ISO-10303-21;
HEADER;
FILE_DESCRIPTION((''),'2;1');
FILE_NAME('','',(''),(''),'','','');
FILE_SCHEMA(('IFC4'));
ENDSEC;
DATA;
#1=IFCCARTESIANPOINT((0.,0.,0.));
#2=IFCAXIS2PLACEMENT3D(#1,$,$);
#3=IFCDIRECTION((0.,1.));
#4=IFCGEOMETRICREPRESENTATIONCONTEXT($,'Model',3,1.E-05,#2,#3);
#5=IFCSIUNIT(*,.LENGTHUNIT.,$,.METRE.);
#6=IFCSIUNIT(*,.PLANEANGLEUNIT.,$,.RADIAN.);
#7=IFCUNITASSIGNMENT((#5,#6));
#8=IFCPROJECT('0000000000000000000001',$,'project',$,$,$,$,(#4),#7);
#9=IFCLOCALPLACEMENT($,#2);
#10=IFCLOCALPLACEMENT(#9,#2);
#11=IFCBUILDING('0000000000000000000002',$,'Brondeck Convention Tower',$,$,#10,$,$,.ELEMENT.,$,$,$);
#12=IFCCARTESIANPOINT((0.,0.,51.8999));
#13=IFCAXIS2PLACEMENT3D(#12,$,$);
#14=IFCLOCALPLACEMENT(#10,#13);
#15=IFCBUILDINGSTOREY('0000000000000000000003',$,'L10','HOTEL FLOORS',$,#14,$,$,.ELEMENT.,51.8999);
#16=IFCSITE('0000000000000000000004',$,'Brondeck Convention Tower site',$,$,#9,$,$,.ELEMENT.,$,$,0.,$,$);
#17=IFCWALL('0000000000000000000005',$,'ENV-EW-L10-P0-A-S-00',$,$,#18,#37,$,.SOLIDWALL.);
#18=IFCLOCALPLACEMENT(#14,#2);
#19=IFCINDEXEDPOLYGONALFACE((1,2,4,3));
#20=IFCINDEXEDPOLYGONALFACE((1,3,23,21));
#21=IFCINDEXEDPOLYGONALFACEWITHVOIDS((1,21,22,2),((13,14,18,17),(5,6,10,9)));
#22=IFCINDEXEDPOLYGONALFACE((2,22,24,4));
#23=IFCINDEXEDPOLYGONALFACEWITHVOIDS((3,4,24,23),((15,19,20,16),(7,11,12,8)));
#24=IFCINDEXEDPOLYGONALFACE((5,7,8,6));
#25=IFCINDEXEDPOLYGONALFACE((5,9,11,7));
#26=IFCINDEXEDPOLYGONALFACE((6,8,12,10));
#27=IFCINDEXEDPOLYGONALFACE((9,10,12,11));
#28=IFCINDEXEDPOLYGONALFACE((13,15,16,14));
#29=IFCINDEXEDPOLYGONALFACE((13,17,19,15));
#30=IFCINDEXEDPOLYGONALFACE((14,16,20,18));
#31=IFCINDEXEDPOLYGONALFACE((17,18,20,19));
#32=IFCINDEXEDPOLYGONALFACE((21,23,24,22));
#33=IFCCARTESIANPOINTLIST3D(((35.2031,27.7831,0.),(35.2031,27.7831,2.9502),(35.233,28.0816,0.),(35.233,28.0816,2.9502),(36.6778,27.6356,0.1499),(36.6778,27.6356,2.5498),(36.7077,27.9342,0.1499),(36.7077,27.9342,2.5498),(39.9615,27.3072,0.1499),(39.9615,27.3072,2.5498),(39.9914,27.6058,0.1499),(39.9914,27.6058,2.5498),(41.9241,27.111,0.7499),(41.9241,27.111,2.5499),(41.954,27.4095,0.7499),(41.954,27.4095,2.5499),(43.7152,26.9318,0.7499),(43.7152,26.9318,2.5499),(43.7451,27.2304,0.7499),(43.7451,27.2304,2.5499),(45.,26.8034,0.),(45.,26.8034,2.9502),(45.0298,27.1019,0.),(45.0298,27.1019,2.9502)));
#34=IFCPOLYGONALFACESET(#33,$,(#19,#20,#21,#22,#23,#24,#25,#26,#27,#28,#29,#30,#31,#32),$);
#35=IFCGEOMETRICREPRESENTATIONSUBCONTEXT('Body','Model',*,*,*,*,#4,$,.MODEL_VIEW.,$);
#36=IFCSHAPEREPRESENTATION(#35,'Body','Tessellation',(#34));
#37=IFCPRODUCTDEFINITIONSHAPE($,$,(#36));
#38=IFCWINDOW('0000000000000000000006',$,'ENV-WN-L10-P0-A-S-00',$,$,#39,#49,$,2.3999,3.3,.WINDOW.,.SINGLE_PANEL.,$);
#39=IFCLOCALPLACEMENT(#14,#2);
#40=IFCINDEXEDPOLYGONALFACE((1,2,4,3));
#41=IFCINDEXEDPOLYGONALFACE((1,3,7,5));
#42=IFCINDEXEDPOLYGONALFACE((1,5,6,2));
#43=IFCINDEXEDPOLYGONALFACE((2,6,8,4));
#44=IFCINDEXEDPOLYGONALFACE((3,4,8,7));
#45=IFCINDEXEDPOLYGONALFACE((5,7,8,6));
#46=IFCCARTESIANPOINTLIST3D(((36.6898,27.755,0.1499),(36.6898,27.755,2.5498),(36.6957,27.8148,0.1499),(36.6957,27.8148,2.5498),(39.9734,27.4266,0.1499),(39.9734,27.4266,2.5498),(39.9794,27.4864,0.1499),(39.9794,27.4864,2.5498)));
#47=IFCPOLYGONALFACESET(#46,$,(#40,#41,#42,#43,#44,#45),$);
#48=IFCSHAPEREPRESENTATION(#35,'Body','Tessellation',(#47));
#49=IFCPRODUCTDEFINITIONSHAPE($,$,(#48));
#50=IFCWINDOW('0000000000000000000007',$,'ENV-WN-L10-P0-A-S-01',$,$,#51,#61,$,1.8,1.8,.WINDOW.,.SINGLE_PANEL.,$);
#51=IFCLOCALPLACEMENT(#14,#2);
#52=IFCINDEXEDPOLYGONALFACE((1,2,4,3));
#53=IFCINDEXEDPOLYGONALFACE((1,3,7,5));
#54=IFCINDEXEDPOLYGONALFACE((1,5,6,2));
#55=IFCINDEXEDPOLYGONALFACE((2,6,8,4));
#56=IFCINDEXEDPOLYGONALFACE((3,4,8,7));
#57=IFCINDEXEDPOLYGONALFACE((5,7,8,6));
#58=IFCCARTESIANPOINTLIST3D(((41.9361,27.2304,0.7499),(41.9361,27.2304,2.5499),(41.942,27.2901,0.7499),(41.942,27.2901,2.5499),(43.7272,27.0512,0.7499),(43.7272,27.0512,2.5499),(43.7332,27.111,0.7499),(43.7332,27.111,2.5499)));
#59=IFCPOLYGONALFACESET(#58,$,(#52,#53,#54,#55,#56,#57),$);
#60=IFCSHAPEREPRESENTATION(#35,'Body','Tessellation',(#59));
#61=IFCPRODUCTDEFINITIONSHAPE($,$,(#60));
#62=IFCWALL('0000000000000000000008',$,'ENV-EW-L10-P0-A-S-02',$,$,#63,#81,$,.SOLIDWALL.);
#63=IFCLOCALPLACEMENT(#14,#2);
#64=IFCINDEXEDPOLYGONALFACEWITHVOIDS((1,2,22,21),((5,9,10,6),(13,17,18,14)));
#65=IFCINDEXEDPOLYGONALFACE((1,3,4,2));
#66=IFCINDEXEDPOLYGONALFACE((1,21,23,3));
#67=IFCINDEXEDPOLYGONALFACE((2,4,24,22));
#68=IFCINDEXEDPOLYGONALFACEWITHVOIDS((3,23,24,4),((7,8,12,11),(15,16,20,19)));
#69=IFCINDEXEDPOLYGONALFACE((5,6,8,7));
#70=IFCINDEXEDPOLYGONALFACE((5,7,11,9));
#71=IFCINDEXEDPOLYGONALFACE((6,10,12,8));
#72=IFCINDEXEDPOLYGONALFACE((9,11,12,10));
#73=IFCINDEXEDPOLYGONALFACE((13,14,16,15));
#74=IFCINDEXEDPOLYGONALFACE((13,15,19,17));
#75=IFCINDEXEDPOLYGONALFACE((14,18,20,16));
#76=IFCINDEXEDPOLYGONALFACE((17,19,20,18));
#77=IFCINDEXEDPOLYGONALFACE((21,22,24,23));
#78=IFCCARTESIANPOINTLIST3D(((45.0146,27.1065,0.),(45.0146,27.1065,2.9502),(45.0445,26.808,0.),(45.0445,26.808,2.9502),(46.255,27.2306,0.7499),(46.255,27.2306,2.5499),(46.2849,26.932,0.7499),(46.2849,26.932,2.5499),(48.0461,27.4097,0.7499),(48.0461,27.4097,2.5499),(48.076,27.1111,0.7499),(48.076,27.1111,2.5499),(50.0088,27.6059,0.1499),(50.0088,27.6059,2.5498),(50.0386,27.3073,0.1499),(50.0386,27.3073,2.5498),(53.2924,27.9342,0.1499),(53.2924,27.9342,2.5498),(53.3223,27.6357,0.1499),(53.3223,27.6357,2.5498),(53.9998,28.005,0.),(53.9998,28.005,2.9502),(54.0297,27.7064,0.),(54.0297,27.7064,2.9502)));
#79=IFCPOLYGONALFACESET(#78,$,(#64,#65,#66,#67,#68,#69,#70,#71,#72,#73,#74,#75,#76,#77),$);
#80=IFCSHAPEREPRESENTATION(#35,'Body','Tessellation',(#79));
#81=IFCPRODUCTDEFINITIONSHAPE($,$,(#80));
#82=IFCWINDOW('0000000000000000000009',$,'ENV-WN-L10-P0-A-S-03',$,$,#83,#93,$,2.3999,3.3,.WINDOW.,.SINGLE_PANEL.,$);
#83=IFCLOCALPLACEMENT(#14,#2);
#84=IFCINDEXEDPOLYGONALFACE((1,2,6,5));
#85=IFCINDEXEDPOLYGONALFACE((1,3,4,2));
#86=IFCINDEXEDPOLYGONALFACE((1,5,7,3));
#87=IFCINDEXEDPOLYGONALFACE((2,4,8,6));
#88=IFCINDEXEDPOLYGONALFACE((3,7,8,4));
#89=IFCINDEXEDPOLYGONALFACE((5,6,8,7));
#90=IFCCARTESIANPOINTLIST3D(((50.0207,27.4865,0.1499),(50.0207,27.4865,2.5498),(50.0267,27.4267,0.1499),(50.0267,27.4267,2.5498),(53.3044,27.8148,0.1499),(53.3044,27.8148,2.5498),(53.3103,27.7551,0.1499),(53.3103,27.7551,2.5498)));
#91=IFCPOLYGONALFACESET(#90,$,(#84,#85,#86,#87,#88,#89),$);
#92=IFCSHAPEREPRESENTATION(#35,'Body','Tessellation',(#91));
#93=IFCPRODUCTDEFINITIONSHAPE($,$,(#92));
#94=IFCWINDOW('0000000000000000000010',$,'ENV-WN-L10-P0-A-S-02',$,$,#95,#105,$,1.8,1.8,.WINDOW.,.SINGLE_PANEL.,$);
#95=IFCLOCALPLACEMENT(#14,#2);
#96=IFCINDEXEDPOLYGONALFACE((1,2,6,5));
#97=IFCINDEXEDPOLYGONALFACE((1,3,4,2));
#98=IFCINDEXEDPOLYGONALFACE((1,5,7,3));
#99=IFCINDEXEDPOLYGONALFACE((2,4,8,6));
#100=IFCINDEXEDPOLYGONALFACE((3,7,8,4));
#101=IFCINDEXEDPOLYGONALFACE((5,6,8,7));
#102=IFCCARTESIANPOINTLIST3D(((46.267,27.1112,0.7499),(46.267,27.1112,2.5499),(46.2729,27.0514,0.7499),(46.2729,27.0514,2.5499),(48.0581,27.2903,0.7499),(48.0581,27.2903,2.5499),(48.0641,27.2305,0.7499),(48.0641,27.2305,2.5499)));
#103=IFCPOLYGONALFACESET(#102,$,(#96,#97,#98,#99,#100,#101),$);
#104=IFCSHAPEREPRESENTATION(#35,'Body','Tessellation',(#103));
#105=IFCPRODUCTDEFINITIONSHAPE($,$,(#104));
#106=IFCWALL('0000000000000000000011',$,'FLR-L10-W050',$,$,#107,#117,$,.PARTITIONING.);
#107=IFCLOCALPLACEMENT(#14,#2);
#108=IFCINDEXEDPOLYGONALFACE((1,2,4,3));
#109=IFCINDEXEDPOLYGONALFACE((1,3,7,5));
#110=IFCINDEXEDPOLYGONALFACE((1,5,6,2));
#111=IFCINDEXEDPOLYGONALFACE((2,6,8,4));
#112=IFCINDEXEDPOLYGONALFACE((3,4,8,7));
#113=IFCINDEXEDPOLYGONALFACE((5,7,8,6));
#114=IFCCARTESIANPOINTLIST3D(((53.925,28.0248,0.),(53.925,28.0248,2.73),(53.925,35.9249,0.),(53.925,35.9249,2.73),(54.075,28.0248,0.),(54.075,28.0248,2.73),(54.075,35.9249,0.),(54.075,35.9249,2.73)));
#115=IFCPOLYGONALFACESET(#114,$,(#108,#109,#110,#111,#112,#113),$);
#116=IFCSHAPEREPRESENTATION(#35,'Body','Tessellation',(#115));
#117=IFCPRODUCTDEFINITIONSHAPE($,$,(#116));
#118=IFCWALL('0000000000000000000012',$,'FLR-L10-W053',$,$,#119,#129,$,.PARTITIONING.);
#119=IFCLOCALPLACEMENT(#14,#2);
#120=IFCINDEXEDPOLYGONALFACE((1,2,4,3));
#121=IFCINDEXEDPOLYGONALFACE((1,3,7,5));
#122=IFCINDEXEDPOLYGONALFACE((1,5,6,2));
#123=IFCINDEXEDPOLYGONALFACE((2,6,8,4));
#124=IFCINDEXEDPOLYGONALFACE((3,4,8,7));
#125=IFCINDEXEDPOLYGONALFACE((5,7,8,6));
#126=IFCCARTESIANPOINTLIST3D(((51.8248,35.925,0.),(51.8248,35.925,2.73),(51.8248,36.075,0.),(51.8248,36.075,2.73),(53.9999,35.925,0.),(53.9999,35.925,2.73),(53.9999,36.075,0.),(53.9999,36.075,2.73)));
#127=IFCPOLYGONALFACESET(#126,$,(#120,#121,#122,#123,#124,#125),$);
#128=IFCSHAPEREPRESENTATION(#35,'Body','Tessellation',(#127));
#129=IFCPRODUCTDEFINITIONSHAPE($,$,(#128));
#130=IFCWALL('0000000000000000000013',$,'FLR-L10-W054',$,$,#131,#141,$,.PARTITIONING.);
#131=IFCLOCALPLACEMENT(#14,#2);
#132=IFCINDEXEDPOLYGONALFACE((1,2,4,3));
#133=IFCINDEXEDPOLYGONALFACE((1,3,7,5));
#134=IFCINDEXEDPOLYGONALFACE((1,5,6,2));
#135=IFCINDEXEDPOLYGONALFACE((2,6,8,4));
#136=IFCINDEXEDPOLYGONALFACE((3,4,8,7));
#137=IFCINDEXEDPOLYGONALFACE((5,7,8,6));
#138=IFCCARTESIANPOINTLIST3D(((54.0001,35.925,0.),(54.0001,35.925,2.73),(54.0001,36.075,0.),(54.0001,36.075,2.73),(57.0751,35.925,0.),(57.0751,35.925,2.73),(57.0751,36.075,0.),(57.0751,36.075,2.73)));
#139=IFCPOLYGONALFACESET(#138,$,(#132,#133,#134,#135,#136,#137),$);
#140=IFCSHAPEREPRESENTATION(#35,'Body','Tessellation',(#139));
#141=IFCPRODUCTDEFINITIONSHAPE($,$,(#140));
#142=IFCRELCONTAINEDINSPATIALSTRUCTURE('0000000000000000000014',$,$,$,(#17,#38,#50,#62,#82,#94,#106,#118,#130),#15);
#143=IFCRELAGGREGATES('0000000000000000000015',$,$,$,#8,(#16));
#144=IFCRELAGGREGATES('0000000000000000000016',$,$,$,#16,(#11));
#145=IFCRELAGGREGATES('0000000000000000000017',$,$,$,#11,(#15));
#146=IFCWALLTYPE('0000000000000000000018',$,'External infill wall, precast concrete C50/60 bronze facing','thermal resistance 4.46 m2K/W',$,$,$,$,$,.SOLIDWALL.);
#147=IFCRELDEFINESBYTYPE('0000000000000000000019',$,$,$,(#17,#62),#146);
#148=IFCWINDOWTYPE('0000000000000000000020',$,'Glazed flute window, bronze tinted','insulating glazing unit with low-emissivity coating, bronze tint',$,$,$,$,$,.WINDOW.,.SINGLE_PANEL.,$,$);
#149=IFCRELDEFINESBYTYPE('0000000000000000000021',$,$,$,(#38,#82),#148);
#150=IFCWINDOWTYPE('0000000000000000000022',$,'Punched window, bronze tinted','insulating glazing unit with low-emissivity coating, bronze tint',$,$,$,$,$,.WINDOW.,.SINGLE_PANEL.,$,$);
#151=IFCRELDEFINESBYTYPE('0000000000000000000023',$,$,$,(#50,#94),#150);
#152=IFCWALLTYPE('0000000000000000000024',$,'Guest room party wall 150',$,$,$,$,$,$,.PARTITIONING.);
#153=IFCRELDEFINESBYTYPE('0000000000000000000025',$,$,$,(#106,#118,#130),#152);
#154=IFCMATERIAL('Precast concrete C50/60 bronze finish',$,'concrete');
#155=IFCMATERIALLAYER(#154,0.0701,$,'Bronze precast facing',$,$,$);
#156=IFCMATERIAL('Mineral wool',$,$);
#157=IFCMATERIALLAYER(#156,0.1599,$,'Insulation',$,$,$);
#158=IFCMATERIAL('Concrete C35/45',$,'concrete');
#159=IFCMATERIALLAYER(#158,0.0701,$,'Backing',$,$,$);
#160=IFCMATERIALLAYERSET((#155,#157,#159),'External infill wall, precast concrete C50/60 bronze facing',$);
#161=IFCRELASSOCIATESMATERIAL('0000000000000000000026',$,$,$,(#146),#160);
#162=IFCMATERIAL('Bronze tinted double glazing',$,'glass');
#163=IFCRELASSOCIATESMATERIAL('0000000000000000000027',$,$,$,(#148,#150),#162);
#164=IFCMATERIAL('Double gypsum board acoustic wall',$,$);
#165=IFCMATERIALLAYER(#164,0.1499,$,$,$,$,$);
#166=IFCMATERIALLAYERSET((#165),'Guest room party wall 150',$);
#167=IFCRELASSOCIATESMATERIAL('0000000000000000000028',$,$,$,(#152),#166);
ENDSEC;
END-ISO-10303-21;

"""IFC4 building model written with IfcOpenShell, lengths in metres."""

from ifc_helpers import new_model, si_unit, direction, frame, frame_2d, origin, place, context, subcontext, project, spatial, rectangle, extrude, material, layer, layer_set, type_object, element, fill, save


model = new_model("IFC4")

# Units and contexts
model_context = context("Model", 3, precision=1e-05, world=origin(), true_north=direction((0.0, 1.0)))
body_context = subcontext(model_context, "Body", "Model", "MODEL_VIEW")
ifc_project = project(units=[si_unit("LENGTHUNIT", "METRE"), si_unit("PLANEANGLEUNIT", "RADIAN")], contexts=[model_context])

# Site, building, storey
site_placement = place(None, origin())
site = spatial("IfcSite", under=ifc_project, at=site_placement, Name="Brondeck Convention Tower site", CompositionType="ELEMENT", RefElevation=0.0)
building_placement = place(site_placement, origin())
building = spatial("IfcBuilding", under=site, at=building_placement, Name="Brondeck Convention Tower", CompositionType="ELEMENT")
storey_placement = place(building_placement, frame((0.0, 0.0, 51.8999)))
storey = spatial("IfcBuildingStorey", under=building, at=storey_placement, Name="L10", Description="HOTEL FLOORS", CompositionType="ELEMENT", Elevation=51.8999)

# Walls, openings, windows
ifc_material_1 = material(Name="Precast concrete C50/60 bronze finish", Category="concrete")
ifc_layer_1 = layer(ifc_material_1, 0.0701, Name="Bronze precast facing")
ifc_material_2 = material(Name="Mineral wool")
ifc_layer_2 = layer(ifc_material_2, 0.1599, Name="Insulation")
ifc_material_3 = material(Name="Concrete C35/45", Category="concrete")
ifc_layer_3 = layer(ifc_material_3, 0.0701, Name="Backing")
ifc_layer_set_1 = layer_set([ifc_layer_1, ifc_layer_2, ifc_layer_3], Name="External infill wall, precast concrete C50/60 bronze facing")
wall_type_1 = type_object("IfcWallType", Name="External infill wall, precast concrete C50/60 bronze facing", Description="thermal resistance 4.46 m2K/W", PredefinedType="SOLIDWALL", material=ifc_layer_set_1)
wall_1_placement = place(storey_placement, frame((45.0149, 26.9526, 0.0), z_axis=(0.0, 0.0, 1.0), x_axis=(-0.995037, 0.099509, 0.0)))
wall_1 = element("IfcWall", 1, at=wall_1_placement, inside=storey, type_object=wall_type_1, Name="ENV-EW-L10-P0-A-S-00", PredefinedType="SOLIDWALL", context=body_context, shape_type="SweptSolid", body=[
    extrude(rectangle(XDim=9.8457, YDim=0.3, at=frame_2d((4.9229, 0.0))), origin(), (0.0, 0.0, 1.0), 2.9502),
])
opening_1_placement = place(wall_1_placement, frame((1.2913, 0.0, 0.75)))
opening_1 = element("IfcOpeningElement", 2, at=opening_1_placement, cuts=wall_1, PredefinedType="OPENING", context=body_context, shape_type="SweptSolid", body=[
    extrude(rectangle(XDim=1.8, YDim=1.8, at=frame_2d((0.8999, 0.8999))), frame((0.0, 0.1599, 0.0), z_axis=(0.0, -1.0, 0.0), x_axis=(1.0, 0.0, 0.0)), (0.0, 0.0, 1.0), 0.3201),
])
opening_2_placement = place(wall_1_placement, frame((5.0637, 0.0, 0.1499)))
opening_2 = element("IfcOpeningElement", 3, at=opening_2_placement, cuts=wall_1, PredefinedType="OPENING", context=body_context, shape_type="SweptSolid", body=[
    extrude(rectangle(XDim=3.3, YDim=2.3999, at=frame_2d((1.6499, 1.2))), frame((0.0, 0.1599, 0.0), z_axis=(0.0, -1.0, 0.0), x_axis=(1.0, 0.0, 0.0)), (0.0, 0.0, 1.0), 0.3201),
])
ifc_material_4 = material(Name="Bronze tinted double glazing", Category="glass")
window_type_1 = type_object("IfcWindowType", Name="Glazed flute window, bronze tinted", Description="insulating glazing unit with low-emissivity coating, bronze tint", PartitioningType="SINGLE_PANEL", PredefinedType="WINDOW", material=ifc_material_4)
window_1_placement = place(opening_2_placement, origin())
window_1 = element("IfcWindow", 4, at=window_1_placement, inside=storey, type_object=window_type_1, Name="ENV-WN-L10-P0-A-S-00", OverallHeight=2.3999, OverallWidth=3.3, PartitioningType="SINGLE_PANEL", PredefinedType="WINDOW", context=body_context, shape_type="SweptSolid", body=[
    extrude(rectangle(XDim=3.3, YDim=2.3999, at=frame_2d((1.6499, 1.2))), frame((0.0, 0.03, 0.0), z_axis=(0.0, -1.0, 0.0), x_axis=(1.0, 0.0, 0.0)), (0.0, 0.0, 1.0), 0.0601),
])
fill(opening_2, window_1)
window_type_2 = type_object("IfcWindowType", Name="Punched window, bronze tinted", Description="insulating glazing unit with low-emissivity coating, bronze tint", PartitioningType="SINGLE_PANEL", PredefinedType="WINDOW", material=ifc_material_4)
window_2_placement = place(opening_1_placement, origin())
window_2 = element("IfcWindow", 5, at=window_2_placement, inside=storey, type_object=window_type_2, Name="ENV-WN-L10-P0-A-S-01", OverallHeight=1.8, OverallWidth=1.8, PartitioningType="SINGLE_PANEL", PredefinedType="WINDOW", context=body_context, shape_type="SweptSolid", body=[
    extrude(rectangle(XDim=1.8, YDim=1.8, at=frame_2d((0.8999, 0.8999))), frame((0.0, 0.03, 0.0), z_axis=(0.0, -1.0, 0.0), x_axis=(1.0, 0.0, 0.0)), (0.0, 0.0, 1.0), 0.0601),
])
fill(opening_1, window_2)
wall_2_placement = place(storey_placement, frame((54.0149, 27.8557, 0.0), z_axis=(0.0, 0.0, 1.0), x_axis=(-0.995038, -0.099496, 0.0)))
wall_2 = element("IfcWall", 6, at=wall_2_placement, inside=storey, type_object=wall_type_1, Name="ENV-EW-L10-P0-A-S-02", PredefinedType="SOLIDWALL", context=body_context, shape_type="SweptSolid", body=[
    extrude(rectangle(XDim=9.03, YDim=0.3, at=frame_2d((4.5151, 0.0))), origin(), (0.0, 0.0, 1.0), 2.9502),
])
opening_3_placement = place(wall_2_placement, frame((0.7112, 0.0, 0.1499)))
opening_3 = element("IfcOpeningElement", 7, at=opening_3_placement, cuts=wall_2, PredefinedType="OPENING", context=body_context, shape_type="SweptSolid", body=[
    extrude(rectangle(XDim=3.3, YDim=2.3999, at=frame_2d((1.6499, 1.2))), frame((0.0, 0.1599, 0.0), z_axis=(0.0, -1.0, 0.0), x_axis=(1.0, 0.0, 0.0)), (0.0, 0.0, 1.0), 0.3201),
])
opening_4_placement = place(wall_2_placement, frame((5.9836, 0.0, 0.75)))
opening_4 = element("IfcOpeningElement", 8, at=opening_4_placement, cuts=wall_2, PredefinedType="OPENING", context=body_context, shape_type="SweptSolid", body=[
    extrude(rectangle(XDim=1.8, YDim=1.8, at=frame_2d((0.8999, 0.8999))), frame((0.0, 0.1599, 0.0), z_axis=(0.0, -1.0, 0.0), x_axis=(1.0, 0.0, 0.0)), (0.0, 0.0, 1.0), 0.3201),
])
window_3_placement = place(opening_3_placement, origin())
window_3 = element("IfcWindow", 9, at=window_3_placement, inside=storey, type_object=window_type_1, Name="ENV-WN-L10-P0-A-S-03", OverallHeight=2.3999, OverallWidth=3.3, PartitioningType="SINGLE_PANEL", PredefinedType="WINDOW", context=body_context, shape_type="SweptSolid", body=[
    extrude(rectangle(XDim=3.3, YDim=2.3999, at=frame_2d((1.6499, 1.2))), frame((0.0, 0.03, 0.0), z_axis=(0.0, -1.0, 0.0), x_axis=(1.0, 0.0, 0.0)), (0.0, 0.0, 1.0), 0.0601),
])
fill(opening_3, window_3)
window_4_placement = place(opening_4_placement, origin())
window_4 = element("IfcWindow", 10, at=window_4_placement, inside=storey, type_object=window_type_2, Name="ENV-WN-L10-P0-A-S-02", OverallHeight=1.8, OverallWidth=1.8, PartitioningType="SINGLE_PANEL", PredefinedType="WINDOW", context=body_context, shape_type="SweptSolid", body=[
    extrude(rectangle(XDim=1.8, YDim=1.8, at=frame_2d((0.8999, 0.8999))), frame((0.0, 0.03, 0.0), z_axis=(0.0, -1.0, 0.0), x_axis=(1.0, 0.0, 0.0)), (0.0, 0.0, 1.0), 0.0601),
])
fill(opening_4, window_4)

# Walls
ifc_material_5 = material(Name="Double gypsum board acoustic wall")
ifc_layer_4 = layer(ifc_material_5, 0.1499)
ifc_layer_set_2 = layer_set([ifc_layer_4], Name="Guest room party wall 150")
wall_type_2 = type_object("IfcWallType", Name="Guest room party wall 150", PredefinedType="PARTITIONING", material=ifc_layer_set_2)
wall_3_placement = place(storey_placement, frame((54.0, 35.925, 0.0), z_axis=(0.0, 0.0, 1.0), x_axis=(0.0, -1.0, 0.0)))
element("IfcWall", 11, at=wall_3_placement, inside=storey, type_object=wall_type_2, Name="FLR-L10-W050", PredefinedType="PARTITIONING", context=body_context, shape_type="SweptSolid", body=[
    extrude(rectangle(XDim=7.9001, YDim=0.1499, at=frame_2d((3.9502, 0.0))), origin(), (0.0, 0.0, 1.0), 2.73),
])
wall_4_placement = place(storey_placement, frame((51.825, 36.0, 0.0), z_axis=(0.0, 0.0, 1.0), x_axis=(1.0, 0.0, 0.0)))
element("IfcWall", 12, at=wall_4_placement, inside=storey, type_object=wall_type_2, Name="FLR-L10-W053", PredefinedType="PARTITIONING", context=body_context, shape_type="SweptSolid", body=[
    extrude(rectangle(XDim=2.175, YDim=0.1499, at=frame_2d((1.0874, 0.0))), origin(), (0.0, 0.0, 1.0), 2.73),
])
wall_5_placement = place(storey_placement, frame((54.0, 36.0, 0.0), z_axis=(0.0, 0.0, 1.0), x_axis=(1.0, 0.0, 0.0)))
element("IfcWall", 13, at=wall_5_placement, inside=storey, type_object=wall_type_2, Name="FLR-L10-W054", PredefinedType="PARTITIONING", context=body_context, shape_type="SweptSolid", body=[
    extrude(rectangle(XDim=3.075, YDim=0.1499, at=frame_2d((1.5376, 0.0))), origin(), (0.0, 0.0, 1.0), 2.73),
])

save(model, "model.ifc")
